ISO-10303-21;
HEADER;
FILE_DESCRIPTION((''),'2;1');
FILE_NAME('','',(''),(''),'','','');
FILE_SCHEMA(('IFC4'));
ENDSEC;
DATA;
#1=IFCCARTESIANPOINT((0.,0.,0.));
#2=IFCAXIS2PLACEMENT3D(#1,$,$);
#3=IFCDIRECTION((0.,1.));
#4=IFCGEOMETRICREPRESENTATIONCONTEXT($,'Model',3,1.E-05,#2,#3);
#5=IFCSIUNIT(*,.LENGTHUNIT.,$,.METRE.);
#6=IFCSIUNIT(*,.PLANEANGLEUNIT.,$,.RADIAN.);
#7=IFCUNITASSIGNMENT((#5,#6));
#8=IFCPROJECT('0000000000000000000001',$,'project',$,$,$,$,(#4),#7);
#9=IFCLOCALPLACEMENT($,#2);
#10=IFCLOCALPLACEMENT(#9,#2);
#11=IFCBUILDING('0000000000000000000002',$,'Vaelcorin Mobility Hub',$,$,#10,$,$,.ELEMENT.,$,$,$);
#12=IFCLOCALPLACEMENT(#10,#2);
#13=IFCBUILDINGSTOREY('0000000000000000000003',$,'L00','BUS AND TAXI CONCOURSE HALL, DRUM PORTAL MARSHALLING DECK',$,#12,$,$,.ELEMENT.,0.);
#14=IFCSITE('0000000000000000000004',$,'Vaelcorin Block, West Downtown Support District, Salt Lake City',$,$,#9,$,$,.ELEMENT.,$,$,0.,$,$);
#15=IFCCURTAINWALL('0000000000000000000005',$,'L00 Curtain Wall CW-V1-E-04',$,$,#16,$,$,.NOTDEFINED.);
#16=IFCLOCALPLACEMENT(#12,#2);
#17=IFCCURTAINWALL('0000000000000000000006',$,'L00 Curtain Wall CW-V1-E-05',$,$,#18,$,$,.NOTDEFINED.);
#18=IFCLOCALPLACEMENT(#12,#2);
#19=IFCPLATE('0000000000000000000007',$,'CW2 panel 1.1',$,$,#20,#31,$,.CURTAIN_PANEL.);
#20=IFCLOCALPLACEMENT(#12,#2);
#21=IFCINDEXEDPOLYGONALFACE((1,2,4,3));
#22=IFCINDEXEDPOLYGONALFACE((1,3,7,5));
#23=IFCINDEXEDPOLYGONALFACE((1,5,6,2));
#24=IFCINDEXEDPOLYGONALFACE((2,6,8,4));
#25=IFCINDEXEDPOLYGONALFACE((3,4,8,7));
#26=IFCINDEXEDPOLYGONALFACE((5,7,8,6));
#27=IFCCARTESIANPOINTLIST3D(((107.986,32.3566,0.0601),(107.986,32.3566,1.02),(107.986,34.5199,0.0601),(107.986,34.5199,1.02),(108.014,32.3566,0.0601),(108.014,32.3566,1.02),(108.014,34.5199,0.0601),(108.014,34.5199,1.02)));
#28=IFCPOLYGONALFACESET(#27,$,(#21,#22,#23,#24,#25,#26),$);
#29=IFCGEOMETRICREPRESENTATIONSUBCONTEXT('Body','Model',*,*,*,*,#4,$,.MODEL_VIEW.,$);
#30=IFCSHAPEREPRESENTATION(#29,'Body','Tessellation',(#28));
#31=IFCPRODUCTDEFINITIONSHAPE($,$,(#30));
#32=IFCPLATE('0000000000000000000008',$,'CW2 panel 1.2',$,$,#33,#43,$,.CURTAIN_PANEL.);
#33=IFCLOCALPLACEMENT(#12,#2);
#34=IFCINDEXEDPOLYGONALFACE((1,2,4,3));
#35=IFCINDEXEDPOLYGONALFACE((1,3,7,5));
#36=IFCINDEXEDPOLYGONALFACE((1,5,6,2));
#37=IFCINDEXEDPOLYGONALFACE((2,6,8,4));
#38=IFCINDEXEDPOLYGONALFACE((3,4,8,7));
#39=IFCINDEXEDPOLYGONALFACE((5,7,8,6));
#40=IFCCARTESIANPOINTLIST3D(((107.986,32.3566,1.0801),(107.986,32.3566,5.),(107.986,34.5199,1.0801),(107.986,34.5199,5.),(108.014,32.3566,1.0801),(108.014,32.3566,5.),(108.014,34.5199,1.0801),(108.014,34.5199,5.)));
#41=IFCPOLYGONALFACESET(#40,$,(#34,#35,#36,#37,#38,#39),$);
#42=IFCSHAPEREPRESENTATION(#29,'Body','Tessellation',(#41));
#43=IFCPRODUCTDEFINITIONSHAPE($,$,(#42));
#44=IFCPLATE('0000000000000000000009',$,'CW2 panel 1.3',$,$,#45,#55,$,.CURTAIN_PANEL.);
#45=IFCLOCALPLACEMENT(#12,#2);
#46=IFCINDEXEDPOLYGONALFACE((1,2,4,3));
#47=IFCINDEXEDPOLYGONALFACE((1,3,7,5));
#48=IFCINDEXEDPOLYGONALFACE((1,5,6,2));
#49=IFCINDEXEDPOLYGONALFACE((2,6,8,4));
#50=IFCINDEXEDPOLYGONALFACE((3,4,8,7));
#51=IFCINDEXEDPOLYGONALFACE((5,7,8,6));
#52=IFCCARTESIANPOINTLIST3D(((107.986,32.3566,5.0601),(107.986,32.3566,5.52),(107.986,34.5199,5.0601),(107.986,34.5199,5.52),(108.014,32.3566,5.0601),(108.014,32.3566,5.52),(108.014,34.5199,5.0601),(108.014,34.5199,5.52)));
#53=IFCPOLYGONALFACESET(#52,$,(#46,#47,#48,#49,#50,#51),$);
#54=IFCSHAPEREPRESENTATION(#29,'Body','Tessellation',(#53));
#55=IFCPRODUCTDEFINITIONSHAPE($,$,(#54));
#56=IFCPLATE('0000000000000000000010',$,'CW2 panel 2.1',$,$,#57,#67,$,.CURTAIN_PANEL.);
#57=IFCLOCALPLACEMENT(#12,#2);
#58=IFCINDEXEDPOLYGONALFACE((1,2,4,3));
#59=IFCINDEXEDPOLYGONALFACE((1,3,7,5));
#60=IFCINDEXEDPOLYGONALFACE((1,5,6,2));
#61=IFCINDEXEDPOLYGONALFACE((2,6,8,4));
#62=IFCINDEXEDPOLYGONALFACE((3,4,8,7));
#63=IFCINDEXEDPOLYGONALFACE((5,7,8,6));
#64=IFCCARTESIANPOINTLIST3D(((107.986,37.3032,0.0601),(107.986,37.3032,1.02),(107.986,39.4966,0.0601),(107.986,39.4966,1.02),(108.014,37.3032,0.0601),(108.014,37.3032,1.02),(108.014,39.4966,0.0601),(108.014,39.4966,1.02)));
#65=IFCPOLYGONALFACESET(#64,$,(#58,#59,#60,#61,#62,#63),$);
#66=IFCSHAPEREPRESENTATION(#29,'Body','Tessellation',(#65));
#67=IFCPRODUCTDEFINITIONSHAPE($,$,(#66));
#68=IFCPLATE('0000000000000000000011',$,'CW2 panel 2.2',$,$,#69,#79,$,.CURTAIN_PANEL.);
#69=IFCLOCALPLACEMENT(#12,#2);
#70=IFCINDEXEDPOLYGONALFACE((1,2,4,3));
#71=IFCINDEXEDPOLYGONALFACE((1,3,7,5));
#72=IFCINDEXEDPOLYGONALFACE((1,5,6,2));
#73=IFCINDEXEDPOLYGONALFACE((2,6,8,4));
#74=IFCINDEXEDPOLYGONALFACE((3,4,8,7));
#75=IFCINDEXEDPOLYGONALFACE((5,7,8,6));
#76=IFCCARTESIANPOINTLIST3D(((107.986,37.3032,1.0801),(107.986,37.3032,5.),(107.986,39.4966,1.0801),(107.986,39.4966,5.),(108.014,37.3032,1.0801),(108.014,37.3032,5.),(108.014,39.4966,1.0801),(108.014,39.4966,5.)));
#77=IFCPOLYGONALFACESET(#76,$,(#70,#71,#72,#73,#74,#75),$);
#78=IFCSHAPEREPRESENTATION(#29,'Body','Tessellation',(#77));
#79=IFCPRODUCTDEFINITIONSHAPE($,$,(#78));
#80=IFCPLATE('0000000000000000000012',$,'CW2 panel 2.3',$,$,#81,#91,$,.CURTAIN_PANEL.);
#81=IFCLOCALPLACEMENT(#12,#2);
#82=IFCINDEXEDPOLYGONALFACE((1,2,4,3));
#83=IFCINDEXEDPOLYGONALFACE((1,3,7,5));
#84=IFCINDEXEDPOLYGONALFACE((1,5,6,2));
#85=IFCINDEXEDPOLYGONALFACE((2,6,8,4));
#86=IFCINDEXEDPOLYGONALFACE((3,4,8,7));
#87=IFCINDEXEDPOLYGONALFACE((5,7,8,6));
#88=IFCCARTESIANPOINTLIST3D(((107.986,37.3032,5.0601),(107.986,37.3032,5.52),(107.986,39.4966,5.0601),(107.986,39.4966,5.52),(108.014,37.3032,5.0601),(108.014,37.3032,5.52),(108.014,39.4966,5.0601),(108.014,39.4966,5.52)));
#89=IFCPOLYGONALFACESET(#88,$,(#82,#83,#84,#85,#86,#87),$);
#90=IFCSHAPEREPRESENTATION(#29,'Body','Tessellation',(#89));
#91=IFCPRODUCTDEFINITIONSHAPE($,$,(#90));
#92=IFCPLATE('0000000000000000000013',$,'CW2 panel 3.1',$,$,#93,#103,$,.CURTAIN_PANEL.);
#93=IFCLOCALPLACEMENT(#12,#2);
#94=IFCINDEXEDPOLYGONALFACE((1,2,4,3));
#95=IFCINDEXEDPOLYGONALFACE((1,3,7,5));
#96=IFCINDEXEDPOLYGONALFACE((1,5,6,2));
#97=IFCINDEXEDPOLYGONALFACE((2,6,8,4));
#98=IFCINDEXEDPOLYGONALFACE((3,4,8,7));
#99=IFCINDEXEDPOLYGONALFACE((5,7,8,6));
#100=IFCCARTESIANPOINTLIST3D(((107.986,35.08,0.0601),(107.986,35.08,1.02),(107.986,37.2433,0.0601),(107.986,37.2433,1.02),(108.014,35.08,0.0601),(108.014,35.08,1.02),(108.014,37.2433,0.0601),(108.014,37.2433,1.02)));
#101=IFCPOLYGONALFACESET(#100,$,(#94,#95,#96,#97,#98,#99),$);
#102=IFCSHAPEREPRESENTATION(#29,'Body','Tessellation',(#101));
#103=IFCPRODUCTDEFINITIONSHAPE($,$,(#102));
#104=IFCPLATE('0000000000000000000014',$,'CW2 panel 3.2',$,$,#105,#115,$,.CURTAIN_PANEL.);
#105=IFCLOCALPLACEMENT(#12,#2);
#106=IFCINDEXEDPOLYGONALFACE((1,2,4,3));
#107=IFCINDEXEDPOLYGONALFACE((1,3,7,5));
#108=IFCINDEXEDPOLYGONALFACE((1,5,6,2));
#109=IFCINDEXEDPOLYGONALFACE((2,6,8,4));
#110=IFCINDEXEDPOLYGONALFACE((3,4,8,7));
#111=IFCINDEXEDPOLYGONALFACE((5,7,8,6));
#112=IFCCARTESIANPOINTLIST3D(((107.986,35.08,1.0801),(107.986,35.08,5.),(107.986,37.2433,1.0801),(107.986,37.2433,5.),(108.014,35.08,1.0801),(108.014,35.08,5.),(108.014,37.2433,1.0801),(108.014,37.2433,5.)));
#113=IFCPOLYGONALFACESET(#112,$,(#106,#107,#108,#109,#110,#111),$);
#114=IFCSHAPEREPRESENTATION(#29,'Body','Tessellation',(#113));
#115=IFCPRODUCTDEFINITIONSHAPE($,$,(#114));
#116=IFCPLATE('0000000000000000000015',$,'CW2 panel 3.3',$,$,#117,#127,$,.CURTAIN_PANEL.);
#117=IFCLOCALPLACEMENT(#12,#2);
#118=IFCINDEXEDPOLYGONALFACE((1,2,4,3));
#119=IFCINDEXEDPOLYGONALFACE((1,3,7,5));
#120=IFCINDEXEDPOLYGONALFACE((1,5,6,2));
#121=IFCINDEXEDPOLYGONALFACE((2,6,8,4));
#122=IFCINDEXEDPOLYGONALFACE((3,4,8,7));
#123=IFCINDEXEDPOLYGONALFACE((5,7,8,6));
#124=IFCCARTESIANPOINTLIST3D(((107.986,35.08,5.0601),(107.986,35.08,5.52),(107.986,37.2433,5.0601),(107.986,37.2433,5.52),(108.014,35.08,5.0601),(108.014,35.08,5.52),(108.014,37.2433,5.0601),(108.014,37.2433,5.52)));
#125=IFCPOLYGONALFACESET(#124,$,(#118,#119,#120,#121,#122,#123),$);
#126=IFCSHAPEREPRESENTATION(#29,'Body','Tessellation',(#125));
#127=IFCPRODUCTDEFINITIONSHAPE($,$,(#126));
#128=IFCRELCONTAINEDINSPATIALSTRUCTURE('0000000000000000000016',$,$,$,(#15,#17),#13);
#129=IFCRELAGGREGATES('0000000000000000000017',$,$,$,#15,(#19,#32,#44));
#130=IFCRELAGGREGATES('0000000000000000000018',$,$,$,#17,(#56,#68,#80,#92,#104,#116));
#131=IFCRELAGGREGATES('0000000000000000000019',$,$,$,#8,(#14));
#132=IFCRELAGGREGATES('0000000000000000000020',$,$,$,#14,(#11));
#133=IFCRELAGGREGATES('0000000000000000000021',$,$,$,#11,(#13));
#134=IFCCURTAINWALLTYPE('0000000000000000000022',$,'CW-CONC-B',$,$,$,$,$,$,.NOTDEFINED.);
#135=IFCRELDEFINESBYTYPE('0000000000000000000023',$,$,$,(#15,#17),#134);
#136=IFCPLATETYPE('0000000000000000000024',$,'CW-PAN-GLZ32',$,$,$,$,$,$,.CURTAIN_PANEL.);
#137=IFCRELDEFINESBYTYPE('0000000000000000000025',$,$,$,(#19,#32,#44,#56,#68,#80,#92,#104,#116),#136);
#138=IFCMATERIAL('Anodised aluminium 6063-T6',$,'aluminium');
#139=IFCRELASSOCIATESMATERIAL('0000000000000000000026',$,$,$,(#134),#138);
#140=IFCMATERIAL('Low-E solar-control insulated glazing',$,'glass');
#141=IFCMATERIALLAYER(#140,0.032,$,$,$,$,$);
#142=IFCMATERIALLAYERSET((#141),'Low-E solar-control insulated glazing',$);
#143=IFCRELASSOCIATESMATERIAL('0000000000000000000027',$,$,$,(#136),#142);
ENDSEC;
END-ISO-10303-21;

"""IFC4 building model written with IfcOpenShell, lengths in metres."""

from ifc_helpers import new_model, si_unit, direction, frame, origin, origin_2d, place, context, subcontext, project, spatial, rectangle, extrude, material, layer, layer_set, type_object, element, aggregate, save


model = new_model("IFC4")

# Units and contexts
model_context = context("Model", 3, precision=1e-05, world=origin(), true_north=direction((0.0, 1.0)))
body_context = subcontext(model_context, "Body", "Model", "MODEL_VIEW")
ifc_project = project(units=[si_unit("LENGTHUNIT", "METRE"), si_unit("PLANEANGLEUNIT", "RADIAN")], contexts=[model_context])

# Site, building, storey
site_placement = place(None, origin())
site = spatial("IfcSite", under=ifc_project, at=site_placement, Name="Vaelcorin Block, West Downtown Support District, Salt Lake City", CompositionType="ELEMENT", RefElevation=0.0)
building_placement = place(site_placement, origin())
building = spatial("IfcBuilding", under=site, at=building_placement, Name="Vaelcorin Mobility Hub", CompositionType="ELEMENT")
storey_placement = place(building_placement, origin())
storey = spatial("IfcBuildingStorey", under=building, at=storey_placement, Name="L00", Description="BUS AND TAXI CONCOURSE HALL, DRUM PORTAL MARSHALLING DECK", CompositionType="ELEMENT", Elevation=0.0)

# Curtain walls
ifc_material_1 = material(Name="Anodised aluminium 6063-T6", Category="aluminium")
curtain_wall_type = type_object("IfcCurtainWallType", Name="CW-CONC-B", PredefinedType="NOTDEFINED", material=ifc_material_1)
curtain_wall_1_placement = place(storey_placement, origin())
curtain_wall_1 = element("IfcCurtainWall", 1, at=curtain_wall_1_placement, inside=storey, type_object=curtain_wall_type, Name="L00 Curtain Wall CW-V1-E-04", PredefinedType="NOTDEFINED")
curtain_wall_2_placement = place(storey_placement, origin())
curtain_wall_2 = element("IfcCurtainWall", 2, at=curtain_wall_2_placement, inside=storey, type_object=curtain_wall_type, Name="L00 Curtain Wall CW-V1-E-05", PredefinedType="NOTDEFINED")

# Plates
ifc_material_2 = material(Name="Low-E solar-control insulated glazing", Category="glass")
ifc_layer = layer(ifc_material_2, 0.032)
ifc_layer_set = layer_set([ifc_layer], Name="Low-E solar-control insulated glazing")
plate_type = type_object("IfcPlateType", Name="CW-PAN-GLZ32", PredefinedType="CURTAIN_PANEL", material=ifc_layer_set)
plate_1_placement = place(storey_placement, frame((108.0, 33.4382, 0.0601), z_axis=(0.0, 0.0, 1.0), x_axis=(0.0, -1.0, 0.0)))
plate_1 = element("IfcPlate", 3, at=plate_1_placement, type_object=plate_type, Name="CW2 panel 1.1", PredefinedType="CURTAIN_PANEL", context=body_context, shape_type="SweptSolid", body=[
    extrude(rectangle(XDim=2.1633, YDim=0.0281, at=origin_2d()), origin(), (0.0, 0.0, 1.0), 0.96),
])
plate_2_placement = place(storey_placement, frame((108.0, 33.4382, 1.0801), z_axis=(0.0, 0.0, 1.0), x_axis=(0.0, -1.0, 0.0)))
plate_2 = element("IfcPlate", 4, at=plate_2_placement, type_object=plate_type, Name="CW2 panel 1.2", PredefinedType="CURTAIN_PANEL", context=body_context, shape_type="SweptSolid", body=[
    extrude(rectangle(XDim=2.1633, YDim=0.0281, at=origin_2d()), origin(), (0.0, 0.0, 1.0), 3.9199),
])
plate_3_placement = place(storey_placement, frame((108.0, 33.4382, 5.0601), z_axis=(0.0, 0.0, 1.0), x_axis=(0.0, -1.0, 0.0)))
plate_3 = element("IfcPlate", 5, at=plate_3_placement, type_object=plate_type, Name="CW2 panel 1.3", PredefinedType="CURTAIN_PANEL", context=body_context, shape_type="SweptSolid", body=[
    extrude(rectangle(XDim=2.1633, YDim=0.0281, at=origin_2d()), origin(), (0.0, 0.0, 1.0), 0.46),
])
aggregate(curtain_wall_1, [plate_1, plate_2, plate_3])
plate_4_placement = place(storey_placement, frame((108.0, 38.3999, 0.0601), z_axis=(0.0, 0.0, 1.0), x_axis=(0.0, -1.0, 0.0)))
plate_4 = element("IfcPlate", 6, at=plate_4_placement, type_object=plate_type, Name="CW2 panel 2.1", PredefinedType="CURTAIN_PANEL", context=body_context, shape_type="SweptSolid", body=[
    extrude(rectangle(XDim=2.1934, YDim=0.0281, at=origin_2d()), origin(), (0.0, 0.0, 1.0), 0.96),
])
plate_5_placement = place(storey_placement, frame((108.0, 38.3999, 1.0801), z_axis=(0.0, 0.0, 1.0), x_axis=(0.0, -1.0, 0.0)))
plate_5 = element("IfcPlate", 7, at=plate_5_placement, type_object=plate_type, Name="CW2 panel 2.2", PredefinedType="CURTAIN_PANEL", context=body_context, shape_type="SweptSolid", body=[
    extrude(rectangle(XDim=2.1934, YDim=0.0281, at=origin_2d()), origin(), (0.0, 0.0, 1.0), 3.9199),
])
plate_6_placement = place(storey_placement, frame((108.0, 38.3999, 5.0601), z_axis=(0.0, 0.0, 1.0), x_axis=(0.0, -1.0, 0.0)))
plate_6 = element("IfcPlate", 8, at=plate_6_placement, type_object=plate_type, Name="CW2 panel 2.3", PredefinedType="CURTAIN_PANEL", context=body_context, shape_type="SweptSolid", body=[
    extrude(rectangle(XDim=2.1934, YDim=0.0281, at=origin_2d()), origin(), (0.0, 0.0, 1.0), 0.46),
])
plate_7_placement = place(storey_placement, frame((108.0, 36.1616, 0.0601), z_axis=(0.0, 0.0, 1.0), x_axis=(0.0, -1.0, 0.0)))
plate_7 = element("IfcPlate", 9, at=plate_7_placement, type_object=plate_type, Name="CW2 panel 3.1", PredefinedType="CURTAIN_PANEL", context=body_context, shape_type="SweptSolid", body=[
    extrude(rectangle(XDim=2.1633, YDim=0.0281, at=origin_2d()), origin(), (0.0, 0.0, 1.0), 0.96),
])
plate_8_placement = place(storey_placement, frame((108.0, 36.1616, 1.0801), z_axis=(0.0, 0.0, 1.0), x_axis=(0.0, -1.0, 0.0)))
plate_8 = element("IfcPlate", 10, at=plate_8_placement, type_object=plate_type, Name="CW2 panel 3.2", PredefinedType="CURTAIN_PANEL", context=body_context, shape_type="SweptSolid", body=[
    extrude(rectangle(XDim=2.1633, YDim=0.0281, at=origin_2d()), origin(), (0.0, 0.0, 1.0), 3.9199),
])
plate_9_placement = place(storey_placement, frame((108.0, 36.1616, 5.0601), z_axis=(0.0, 0.0, 1.0), x_axis=(0.0, -1.0, 0.0)))
plate_9 = element("IfcPlate", 11, at=plate_9_placement, type_object=plate_type, Name="CW2 panel 3.3", PredefinedType="CURTAIN_PANEL", context=body_context, shape_type="SweptSolid", body=[
    extrude(rectangle(XDim=2.1633, YDim=0.0281, at=origin_2d()), origin(), (0.0, 0.0, 1.0), 0.46),
])
aggregate(curtain_wall_2, [plate_4, plate_5, plate_6, plate_7, plate_8, plate_9])

save(model, "model.ifc")
